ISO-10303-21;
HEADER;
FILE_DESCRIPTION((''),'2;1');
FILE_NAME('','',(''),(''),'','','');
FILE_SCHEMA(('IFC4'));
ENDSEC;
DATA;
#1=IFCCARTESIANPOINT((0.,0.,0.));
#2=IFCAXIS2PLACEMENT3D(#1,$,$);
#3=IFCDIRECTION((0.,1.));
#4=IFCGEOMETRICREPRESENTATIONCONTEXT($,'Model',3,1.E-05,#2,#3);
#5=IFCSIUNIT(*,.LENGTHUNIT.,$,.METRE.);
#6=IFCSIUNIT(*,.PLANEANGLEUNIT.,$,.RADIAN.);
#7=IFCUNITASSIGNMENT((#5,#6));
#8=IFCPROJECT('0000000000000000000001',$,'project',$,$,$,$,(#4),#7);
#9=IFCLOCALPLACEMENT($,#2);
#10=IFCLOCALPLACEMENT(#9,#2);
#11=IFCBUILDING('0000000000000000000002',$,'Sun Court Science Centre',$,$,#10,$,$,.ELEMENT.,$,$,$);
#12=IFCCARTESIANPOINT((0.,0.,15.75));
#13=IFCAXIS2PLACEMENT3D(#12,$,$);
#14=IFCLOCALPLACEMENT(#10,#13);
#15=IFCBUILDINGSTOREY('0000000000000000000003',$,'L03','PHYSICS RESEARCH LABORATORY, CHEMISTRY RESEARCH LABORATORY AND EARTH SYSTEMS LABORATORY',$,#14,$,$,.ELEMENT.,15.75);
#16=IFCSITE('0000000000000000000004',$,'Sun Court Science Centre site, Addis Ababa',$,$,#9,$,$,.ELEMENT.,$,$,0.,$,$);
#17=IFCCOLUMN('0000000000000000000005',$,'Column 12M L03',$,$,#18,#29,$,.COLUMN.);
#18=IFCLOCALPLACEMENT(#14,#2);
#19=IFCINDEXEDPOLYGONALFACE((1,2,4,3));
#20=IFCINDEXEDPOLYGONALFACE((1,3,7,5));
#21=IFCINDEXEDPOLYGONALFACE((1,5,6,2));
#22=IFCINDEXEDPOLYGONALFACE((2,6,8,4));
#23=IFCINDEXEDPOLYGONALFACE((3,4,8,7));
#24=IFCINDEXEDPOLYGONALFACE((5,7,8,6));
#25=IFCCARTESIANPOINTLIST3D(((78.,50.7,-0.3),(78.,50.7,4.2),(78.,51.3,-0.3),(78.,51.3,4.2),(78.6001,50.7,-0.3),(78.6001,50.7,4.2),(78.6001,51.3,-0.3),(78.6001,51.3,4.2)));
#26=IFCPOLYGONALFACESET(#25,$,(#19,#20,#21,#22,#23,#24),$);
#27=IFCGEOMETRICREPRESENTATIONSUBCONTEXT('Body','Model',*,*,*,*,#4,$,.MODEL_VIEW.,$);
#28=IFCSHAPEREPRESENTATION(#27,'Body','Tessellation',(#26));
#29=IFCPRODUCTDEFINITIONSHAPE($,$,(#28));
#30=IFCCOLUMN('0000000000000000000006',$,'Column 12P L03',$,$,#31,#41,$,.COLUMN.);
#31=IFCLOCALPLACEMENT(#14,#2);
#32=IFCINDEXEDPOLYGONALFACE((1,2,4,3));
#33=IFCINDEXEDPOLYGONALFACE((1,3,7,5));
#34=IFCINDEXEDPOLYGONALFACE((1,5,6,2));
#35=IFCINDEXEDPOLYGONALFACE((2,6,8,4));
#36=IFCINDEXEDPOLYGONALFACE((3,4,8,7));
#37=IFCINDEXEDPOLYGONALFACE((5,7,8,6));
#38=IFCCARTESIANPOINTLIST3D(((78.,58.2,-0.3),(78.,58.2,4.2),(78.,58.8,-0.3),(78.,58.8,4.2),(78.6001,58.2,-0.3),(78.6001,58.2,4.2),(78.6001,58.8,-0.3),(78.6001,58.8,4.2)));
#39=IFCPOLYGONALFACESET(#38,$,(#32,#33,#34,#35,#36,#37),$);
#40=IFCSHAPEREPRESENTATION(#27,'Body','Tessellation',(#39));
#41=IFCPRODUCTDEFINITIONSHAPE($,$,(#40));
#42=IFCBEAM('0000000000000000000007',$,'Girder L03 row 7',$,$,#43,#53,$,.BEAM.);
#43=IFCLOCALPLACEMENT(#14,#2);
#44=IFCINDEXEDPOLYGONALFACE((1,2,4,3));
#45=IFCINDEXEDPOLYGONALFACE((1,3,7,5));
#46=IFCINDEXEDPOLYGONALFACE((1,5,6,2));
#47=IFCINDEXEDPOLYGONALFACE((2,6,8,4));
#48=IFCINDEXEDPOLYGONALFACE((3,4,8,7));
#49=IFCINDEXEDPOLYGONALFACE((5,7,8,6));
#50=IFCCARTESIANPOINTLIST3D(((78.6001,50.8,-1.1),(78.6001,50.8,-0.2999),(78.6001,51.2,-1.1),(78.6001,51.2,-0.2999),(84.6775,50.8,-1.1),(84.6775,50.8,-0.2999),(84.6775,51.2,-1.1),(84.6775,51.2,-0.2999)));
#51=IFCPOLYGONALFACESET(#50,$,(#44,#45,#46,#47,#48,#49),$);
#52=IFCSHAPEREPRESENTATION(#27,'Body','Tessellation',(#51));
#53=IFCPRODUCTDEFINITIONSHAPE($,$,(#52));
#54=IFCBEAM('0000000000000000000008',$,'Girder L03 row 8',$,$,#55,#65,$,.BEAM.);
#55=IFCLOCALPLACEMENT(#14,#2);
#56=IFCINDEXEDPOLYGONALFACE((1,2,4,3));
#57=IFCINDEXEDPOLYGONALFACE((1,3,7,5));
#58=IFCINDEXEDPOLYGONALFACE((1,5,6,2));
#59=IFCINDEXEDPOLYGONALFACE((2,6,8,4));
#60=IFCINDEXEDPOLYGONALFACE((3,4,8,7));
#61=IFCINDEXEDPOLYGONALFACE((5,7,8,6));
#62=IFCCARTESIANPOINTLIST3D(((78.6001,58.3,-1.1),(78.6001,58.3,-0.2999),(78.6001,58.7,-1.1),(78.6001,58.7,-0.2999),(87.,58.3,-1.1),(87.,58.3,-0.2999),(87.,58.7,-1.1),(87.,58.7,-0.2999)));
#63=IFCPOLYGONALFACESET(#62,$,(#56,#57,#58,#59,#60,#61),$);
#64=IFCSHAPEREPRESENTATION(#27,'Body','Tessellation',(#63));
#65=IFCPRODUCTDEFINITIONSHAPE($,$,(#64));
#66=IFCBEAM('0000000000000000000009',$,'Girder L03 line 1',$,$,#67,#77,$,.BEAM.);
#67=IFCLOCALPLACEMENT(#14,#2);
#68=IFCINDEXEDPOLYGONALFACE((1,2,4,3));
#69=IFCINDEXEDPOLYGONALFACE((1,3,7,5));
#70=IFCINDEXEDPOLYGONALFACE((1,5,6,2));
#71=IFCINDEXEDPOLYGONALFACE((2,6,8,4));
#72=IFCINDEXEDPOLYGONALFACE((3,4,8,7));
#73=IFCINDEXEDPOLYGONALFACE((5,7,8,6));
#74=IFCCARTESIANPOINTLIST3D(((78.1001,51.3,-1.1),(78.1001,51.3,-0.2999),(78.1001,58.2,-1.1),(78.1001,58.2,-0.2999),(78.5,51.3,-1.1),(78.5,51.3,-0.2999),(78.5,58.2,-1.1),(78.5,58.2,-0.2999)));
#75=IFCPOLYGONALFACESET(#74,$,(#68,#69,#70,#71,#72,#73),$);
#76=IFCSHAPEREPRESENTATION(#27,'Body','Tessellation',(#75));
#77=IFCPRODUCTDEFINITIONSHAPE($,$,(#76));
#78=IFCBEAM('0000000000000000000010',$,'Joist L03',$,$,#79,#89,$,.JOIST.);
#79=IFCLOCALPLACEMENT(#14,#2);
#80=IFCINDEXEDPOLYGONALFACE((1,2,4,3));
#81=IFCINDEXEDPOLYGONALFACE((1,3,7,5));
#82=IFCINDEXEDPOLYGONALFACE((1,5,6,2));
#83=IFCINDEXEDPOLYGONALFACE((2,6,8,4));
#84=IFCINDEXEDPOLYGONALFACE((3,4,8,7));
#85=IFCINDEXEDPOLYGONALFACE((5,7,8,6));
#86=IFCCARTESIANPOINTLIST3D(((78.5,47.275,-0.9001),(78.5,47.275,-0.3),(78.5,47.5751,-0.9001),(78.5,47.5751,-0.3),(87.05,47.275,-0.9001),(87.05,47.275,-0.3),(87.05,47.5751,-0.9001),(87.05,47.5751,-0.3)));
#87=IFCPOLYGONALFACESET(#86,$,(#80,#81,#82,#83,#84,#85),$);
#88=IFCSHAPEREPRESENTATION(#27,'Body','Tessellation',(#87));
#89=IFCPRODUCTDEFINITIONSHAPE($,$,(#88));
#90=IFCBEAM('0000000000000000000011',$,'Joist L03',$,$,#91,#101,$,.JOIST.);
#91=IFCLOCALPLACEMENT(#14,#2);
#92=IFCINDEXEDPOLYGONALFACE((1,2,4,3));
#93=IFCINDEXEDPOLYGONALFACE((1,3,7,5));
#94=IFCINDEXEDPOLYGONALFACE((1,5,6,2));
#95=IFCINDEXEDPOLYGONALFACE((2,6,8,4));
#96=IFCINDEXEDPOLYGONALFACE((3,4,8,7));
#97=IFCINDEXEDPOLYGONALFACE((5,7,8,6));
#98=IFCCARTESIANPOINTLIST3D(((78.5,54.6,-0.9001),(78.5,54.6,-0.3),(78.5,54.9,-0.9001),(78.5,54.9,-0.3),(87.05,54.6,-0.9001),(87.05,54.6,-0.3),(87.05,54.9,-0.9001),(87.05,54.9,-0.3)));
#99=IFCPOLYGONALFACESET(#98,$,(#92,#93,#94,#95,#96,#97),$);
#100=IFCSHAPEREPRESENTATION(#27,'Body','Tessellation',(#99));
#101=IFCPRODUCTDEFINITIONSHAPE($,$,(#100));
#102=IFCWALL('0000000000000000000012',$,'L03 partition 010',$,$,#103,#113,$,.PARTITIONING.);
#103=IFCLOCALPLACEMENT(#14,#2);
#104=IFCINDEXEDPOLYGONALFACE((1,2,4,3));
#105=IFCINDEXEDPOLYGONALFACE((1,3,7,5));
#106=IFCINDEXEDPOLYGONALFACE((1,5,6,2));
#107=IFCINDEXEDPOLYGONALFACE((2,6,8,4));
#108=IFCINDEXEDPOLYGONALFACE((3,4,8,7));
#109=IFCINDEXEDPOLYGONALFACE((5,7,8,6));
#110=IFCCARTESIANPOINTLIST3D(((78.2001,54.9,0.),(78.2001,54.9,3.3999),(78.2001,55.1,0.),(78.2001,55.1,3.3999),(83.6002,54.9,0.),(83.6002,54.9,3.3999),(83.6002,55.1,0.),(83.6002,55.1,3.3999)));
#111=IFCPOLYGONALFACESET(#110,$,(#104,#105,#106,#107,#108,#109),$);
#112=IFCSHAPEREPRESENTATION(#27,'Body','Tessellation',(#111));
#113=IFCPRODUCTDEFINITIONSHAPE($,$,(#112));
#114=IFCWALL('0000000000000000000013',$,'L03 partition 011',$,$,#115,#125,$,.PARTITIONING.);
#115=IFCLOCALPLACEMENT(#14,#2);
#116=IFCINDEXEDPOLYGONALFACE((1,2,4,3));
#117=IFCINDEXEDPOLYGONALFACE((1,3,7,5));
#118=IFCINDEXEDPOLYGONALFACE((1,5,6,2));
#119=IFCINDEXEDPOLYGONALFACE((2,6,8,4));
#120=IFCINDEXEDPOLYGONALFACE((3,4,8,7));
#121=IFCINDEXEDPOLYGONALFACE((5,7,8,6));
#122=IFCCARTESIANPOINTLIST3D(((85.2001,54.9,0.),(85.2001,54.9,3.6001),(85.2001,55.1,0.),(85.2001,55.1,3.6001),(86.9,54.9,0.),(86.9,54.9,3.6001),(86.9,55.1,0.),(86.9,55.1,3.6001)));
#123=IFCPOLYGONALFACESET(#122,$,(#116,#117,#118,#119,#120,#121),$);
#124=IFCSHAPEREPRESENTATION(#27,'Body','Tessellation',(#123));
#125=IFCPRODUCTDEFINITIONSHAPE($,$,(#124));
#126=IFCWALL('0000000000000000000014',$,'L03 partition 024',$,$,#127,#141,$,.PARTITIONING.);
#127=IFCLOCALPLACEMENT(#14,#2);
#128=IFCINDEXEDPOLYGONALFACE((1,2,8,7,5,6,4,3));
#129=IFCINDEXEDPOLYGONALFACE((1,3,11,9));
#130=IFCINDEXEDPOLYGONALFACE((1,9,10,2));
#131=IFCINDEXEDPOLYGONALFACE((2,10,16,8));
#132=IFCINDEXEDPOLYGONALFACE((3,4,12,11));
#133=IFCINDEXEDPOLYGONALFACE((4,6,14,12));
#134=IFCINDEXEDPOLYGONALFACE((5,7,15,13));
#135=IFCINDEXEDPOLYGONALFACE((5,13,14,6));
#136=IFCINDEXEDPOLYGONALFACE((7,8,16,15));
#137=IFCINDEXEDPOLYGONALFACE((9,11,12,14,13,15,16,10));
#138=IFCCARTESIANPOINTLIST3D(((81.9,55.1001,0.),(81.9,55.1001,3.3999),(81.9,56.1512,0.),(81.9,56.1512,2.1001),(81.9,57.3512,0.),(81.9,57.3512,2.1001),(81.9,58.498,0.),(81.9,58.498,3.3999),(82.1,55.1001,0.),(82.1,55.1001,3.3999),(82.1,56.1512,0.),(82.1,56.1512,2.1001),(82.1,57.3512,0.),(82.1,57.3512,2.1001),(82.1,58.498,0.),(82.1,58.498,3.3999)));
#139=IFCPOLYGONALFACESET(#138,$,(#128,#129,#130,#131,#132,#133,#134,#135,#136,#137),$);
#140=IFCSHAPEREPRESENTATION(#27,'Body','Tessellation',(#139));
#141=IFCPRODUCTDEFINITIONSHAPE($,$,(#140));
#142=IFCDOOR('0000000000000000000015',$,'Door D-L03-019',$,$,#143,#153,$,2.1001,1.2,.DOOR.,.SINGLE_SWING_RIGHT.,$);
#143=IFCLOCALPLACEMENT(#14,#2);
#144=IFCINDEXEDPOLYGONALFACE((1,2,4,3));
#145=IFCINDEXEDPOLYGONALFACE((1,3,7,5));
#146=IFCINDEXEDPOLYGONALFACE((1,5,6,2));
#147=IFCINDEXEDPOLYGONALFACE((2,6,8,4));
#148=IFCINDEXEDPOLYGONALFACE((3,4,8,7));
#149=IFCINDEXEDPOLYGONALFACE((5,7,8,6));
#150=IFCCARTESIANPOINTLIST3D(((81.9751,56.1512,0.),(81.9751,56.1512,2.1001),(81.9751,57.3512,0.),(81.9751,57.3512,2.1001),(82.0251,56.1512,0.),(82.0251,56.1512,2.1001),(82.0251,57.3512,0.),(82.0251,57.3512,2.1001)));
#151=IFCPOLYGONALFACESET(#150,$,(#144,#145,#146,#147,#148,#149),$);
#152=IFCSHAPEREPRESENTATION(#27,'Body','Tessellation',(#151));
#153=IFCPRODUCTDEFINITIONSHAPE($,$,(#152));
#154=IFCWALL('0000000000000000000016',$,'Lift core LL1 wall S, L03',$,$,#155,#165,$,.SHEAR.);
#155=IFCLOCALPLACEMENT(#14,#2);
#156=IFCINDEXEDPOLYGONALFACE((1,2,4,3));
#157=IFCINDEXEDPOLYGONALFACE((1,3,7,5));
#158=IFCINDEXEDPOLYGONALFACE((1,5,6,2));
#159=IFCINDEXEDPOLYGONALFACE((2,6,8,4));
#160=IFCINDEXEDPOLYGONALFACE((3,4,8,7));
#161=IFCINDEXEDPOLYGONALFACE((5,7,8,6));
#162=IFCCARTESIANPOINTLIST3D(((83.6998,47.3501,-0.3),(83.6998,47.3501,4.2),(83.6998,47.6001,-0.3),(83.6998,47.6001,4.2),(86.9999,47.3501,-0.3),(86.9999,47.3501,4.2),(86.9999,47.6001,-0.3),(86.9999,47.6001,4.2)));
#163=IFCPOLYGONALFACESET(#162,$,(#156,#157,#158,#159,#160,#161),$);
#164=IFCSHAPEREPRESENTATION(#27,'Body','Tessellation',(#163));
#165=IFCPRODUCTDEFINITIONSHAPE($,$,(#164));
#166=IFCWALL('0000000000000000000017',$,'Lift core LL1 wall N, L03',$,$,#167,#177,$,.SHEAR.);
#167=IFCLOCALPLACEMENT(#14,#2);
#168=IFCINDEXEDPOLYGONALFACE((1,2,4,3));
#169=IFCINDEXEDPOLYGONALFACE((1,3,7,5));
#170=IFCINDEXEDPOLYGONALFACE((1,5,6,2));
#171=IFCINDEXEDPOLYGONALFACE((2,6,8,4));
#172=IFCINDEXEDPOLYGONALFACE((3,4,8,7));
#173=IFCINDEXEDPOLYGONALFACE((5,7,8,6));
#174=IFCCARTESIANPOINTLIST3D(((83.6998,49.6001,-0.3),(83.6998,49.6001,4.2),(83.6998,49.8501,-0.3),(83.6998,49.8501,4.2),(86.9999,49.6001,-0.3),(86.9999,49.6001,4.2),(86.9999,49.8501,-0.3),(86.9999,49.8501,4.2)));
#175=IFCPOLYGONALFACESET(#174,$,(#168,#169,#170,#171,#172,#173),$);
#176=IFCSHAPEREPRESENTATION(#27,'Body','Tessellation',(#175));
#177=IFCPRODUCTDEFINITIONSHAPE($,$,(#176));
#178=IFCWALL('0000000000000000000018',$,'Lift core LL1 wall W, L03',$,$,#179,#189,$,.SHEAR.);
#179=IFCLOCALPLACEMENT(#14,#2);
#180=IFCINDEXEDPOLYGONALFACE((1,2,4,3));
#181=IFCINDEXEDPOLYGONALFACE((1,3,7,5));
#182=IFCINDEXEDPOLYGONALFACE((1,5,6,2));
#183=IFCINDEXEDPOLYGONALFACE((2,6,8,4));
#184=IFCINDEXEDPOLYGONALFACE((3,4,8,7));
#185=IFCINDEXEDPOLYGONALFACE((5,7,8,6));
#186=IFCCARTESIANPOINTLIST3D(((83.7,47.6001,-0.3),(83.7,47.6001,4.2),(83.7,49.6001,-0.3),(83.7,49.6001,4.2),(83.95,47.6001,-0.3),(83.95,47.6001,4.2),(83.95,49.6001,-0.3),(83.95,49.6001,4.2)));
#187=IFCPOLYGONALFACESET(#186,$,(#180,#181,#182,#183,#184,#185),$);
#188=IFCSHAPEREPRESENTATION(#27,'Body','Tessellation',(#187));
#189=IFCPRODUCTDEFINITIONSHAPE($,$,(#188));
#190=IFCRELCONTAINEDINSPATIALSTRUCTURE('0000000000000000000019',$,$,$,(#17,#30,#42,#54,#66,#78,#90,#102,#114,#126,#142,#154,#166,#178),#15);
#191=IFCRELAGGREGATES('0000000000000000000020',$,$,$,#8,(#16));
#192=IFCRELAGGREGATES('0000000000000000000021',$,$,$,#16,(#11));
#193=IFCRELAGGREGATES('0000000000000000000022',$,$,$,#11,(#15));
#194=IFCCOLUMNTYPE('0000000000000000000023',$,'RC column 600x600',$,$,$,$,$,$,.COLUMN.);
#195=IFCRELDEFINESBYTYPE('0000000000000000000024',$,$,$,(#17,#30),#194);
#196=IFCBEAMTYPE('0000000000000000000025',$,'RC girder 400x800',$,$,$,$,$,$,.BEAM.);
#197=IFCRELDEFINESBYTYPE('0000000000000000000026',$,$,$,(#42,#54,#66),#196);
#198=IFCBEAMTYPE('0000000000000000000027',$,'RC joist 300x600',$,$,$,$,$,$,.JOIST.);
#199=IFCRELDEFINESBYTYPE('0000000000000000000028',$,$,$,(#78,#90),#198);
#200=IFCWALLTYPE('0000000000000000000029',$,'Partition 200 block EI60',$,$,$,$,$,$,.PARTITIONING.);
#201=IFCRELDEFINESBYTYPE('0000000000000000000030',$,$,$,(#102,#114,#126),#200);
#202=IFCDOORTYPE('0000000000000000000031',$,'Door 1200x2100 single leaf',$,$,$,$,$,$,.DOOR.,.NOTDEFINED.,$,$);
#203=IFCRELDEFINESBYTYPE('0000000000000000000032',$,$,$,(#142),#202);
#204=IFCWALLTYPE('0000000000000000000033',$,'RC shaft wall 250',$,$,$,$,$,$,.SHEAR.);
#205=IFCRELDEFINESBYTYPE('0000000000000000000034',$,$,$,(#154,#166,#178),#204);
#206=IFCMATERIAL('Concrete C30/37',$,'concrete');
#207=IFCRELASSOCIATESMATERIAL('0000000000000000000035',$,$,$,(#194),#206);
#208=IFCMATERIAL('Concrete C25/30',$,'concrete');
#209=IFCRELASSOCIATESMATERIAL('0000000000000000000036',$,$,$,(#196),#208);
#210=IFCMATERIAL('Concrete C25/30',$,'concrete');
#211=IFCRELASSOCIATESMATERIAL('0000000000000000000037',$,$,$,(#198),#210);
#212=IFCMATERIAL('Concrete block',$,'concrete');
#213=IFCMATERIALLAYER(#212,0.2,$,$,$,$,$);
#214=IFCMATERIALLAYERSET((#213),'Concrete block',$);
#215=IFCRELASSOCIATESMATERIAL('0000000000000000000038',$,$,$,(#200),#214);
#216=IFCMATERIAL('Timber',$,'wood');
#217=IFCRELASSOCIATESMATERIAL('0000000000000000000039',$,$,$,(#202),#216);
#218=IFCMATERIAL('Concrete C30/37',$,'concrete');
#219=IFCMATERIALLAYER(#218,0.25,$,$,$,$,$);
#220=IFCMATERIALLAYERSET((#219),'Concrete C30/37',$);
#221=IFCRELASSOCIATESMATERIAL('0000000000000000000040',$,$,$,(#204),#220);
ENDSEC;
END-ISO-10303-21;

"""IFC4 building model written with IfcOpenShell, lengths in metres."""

from ifc_helpers import new_model, si_unit, direction, frame, frame_2d, origin, origin_2d, place, context, subcontext, project, spatial, rectangle, extrude, material, layer, layer_set, material_profile, profile_set, type_object, element, fill, save


model = new_model("IFC4")

# Units and contexts
model_context = context("Model", 3, precision=1e-05, world=origin(), true_north=direction((0.0, 1.0)))
body_context = subcontext(model_context, "Body", "Model", "MODEL_VIEW")
ifc_project = project(units=[si_unit("LENGTHUNIT", "METRE"), si_unit("PLANEANGLEUNIT", "RADIAN")], contexts=[model_context])

# Site, building, storey
site_placement = place(None, origin())
site = spatial("IfcSite", under=ifc_project, at=site_placement, Name="Sun Court Science Centre site, Addis Ababa", CompositionType="ELEMENT", RefElevation=0.0)
building_placement = place(site_placement, origin())
building = spatial("IfcBuilding", under=site, at=building_placement, Name="Sun Court Science Centre", CompositionType="ELEMENT")
storey_placement = place(building_placement, frame((0.0, 0.0, 15.75)))
storey = spatial("IfcBuildingStorey", under=building, at=storey_placement, Name="L03", Description="PHYSICS RESEARCH LABORATORY, CHEMISTRY RESEARCH LABORATORY AND EARTH SYSTEMS LABORATORY", CompositionType="ELEMENT", Elevation=15.75)

# Columns
ifc_material_1 = material(Name="Concrete C30/37", Category="concrete")
ifc_material_profile_1 = material_profile(ifc_material_1, rectangle(XDim=0.6001, YDim=0.6001, at=origin_2d()), Name="RC 600x600")
ifc_profile_set_1 = profile_set([ifc_material_profile_1], Name="Concrete C30/37")
column_type = type_object("IfcColumnType", Name="RC column 600x600", PredefinedType="COLUMN", material=ifc_profile_set_1)
for number, where, z_axis, x_axis, name in (
    (1, (78.3, 51.0, -0.3), (0.0, 0.0, 1.0), (1.0, 0.0, 0.0), "Column 12M L03"),
    (2, (78.3, 58.5, -0.3), (0.0, 0.0, 1.0), (1.0, 0.0, 0.0), "Column 12P L03"),
):
    element("IfcColumn", number, at=place(storey_placement, frame(where, z_axis=z_axis, x_axis=x_axis)), inside=storey, type_object=column_type, Name=name, PredefinedType="COLUMN", context=body_context, shape_type="SweptSolid", body=[
        extrude(rectangle(XDim=0.6001, YDim=0.6001, at=origin_2d()), origin(), (0.0, 0.0, 1.0), 4.5),
    ])

# Beams
ifc_material_2 = material(Name="Concrete C25/30", Category="concrete")
ifc_material_profile_2 = material_profile(ifc_material_2, rectangle(XDim=0.3999, YDim=0.8, at=origin_2d()), Name="RC 400x800")
ifc_profile_set_2 = profile_set([ifc_material_profile_2], Name="Concrete C25/30")
beam_type_1 = type_object("IfcBeamType", Name="RC girder 400x800", PredefinedType="BEAM", material=ifc_profile_set_2)
beam_1_placement = place(storey_placement, frame((78.6001, 51.0, -0.7), z_axis=(1.0, 0.0, 0.0), x_axis=(0.0, 1.0, 0.0)))
element("IfcBeam", 3, at=beam_1_placement, inside=storey, type_object=beam_type_1, Name="Girder L03 row 7", PredefinedType="BEAM", context=body_context, shape_type="SweptSolid", body=[
    extrude(rectangle(XDim=0.3999, YDim=0.8, at=origin_2d()), origin(), (0.0, 0.0, 1.0), 6.0774),
])
beam_2_placement = place(storey_placement, frame((78.6001, 58.5, -0.7), z_axis=(1.0, 0.0, 0.0), x_axis=(0.0, 1.0, 0.0)))
element("IfcBeam", 4, at=beam_2_placement, inside=storey, type_object=beam_type_1, Name="Girder L03 row 8", PredefinedType="BEAM", context=body_context, shape_type="SweptSolid", body=[
    extrude(rectangle(XDim=0.3999, YDim=0.8, at=origin_2d()), origin(), (0.0, 0.0, 1.0), 8.3999),
])
beam_3_placement = place(storey_placement, frame((78.3, 51.3, -0.7), z_axis=(0.0, 1.0, 0.0), x_axis=(-1.0, 0.0, 0.0)))
element("IfcBeam", 5, at=beam_3_placement, inside=storey, type_object=beam_type_1, Name="Girder L03 line 1", PredefinedType="BEAM", context=body_context, shape_type="SweptSolid", body=[
    extrude(rectangle(XDim=0.3999, YDim=0.8, at=origin_2d()), origin(), (0.0, 0.0, 1.0), 6.8999),
])
ifc_material_3 = material(Name="Concrete C25/30", Category="concrete")
ifc_material_profile_3 = material_profile(ifc_material_3, rectangle(XDim=0.3, YDim=0.6001, at=origin_2d()), Name="RC 300x600")
ifc_profile_set_3 = profile_set([ifc_material_profile_3], Name="Concrete C25/30")
beam_type_2 = type_object("IfcBeamType", Name="RC joist 300x600", PredefinedType="JOIST", material=ifc_profile_set_3)
for number, where, z_axis, x_axis, name in (
    (6, (78.5, 47.425, -0.6001), (1.0, 0.0, 0.0), (0.0, 1.0, 0.0), "Joist L03"),
    (7, (78.5, 54.75, -0.6001), (1.0, 0.0, 0.0), (0.0, 1.0, 0.0), "Joist L03"),
):
    element("IfcBeam", number, at=place(storey_placement, frame(where, z_axis=z_axis, x_axis=x_axis)), inside=storey, type_object=beam_type_2, Name=name, PredefinedType="JOIST", context=body_context, shape_type="SweptSolid", body=[
        extrude(rectangle(XDim=0.3, YDim=0.6001, at=origin_2d()), origin(), (0.0, 0.0, 1.0), 8.55),
    ])

# Walls
ifc_material_4 = material(Name="Concrete block", Category="concrete")
ifc_layer_1 = layer(ifc_material_4, 0.2)
ifc_layer_set_1 = layer_set([ifc_layer_1], Name="Concrete block")
wall_type_1 = type_object("IfcWallType", Name="Partition 200 block EI60", PredefinedType="PARTITIONING", material=ifc_layer_set_1)
wall_1_placement = place(storey_placement, frame((78.2, 55.0, 0.0), z_axis=(0.0, 0.0, 1.0), x_axis=(1.0, 0.0, 0.0)))
element("IfcWall", 8, at=wall_1_placement, inside=storey, type_object=wall_type_1, Name="L03 partition 010", PredefinedType="PARTITIONING", context=body_context, shape_type="SweptSolid", body=[
    extrude(rectangle(XDim=5.4001, YDim=0.2, at=frame_2d((2.7002, 0.0))), origin(), (0.0, 0.0, 1.0), 3.3999),
])
wall_2_placement = place(storey_placement, frame((85.2, 55.0, 0.0), z_axis=(0.0, 0.0, 1.0), x_axis=(1.0, 0.0, 0.0)))
element("IfcWall", 9, at=wall_2_placement, inside=storey, type_object=wall_type_1, Name="L03 partition 011", PredefinedType="PARTITIONING", context=body_context, shape_type="SweptSolid", body=[
    extrude(rectangle(XDim=1.7, YDim=0.2, at=frame_2d((0.8501, 0.0))), origin(), (0.0, 0.0, 1.0), 3.6001),
])

# Wall, opening, door
wall_3_placement = place(storey_placement, frame((82.0, 55.1001, 0.0), z_axis=(0.0, 0.0, 1.0), x_axis=(0.0, 1.0, 0.0)))
wall_3 = element("IfcWall", 10, at=wall_3_placement, inside=storey, type_object=wall_type_1, Name="L03 partition 024", PredefinedType="PARTITIONING", context=body_context, shape_type="SweptSolid", body=[
    extrude(rectangle(XDim=3.3979, YDim=0.2, at=frame_2d((1.699, 0.0))), origin(), (0.0, 0.0, 1.0), 3.3999),
])
opening_1_placement = place(wall_3_placement, frame((1.051, 0.0, 0.0)))
opening_1 = element("IfcOpeningElement", 11, at=opening_1_placement, cuts=wall_3, PredefinedType="OPENING", context=body_context, shape_type="SweptSolid", body=[
    extrude(rectangle(XDim=1.2, YDim=2.1001, at=frame_2d((0.6001, 1.05))), frame((0.0, 0.1099, 0.0), z_axis=(0.0, -1.0, 0.0), x_axis=(1.0, 0.0, 0.0)), (0.0, 0.0, 1.0), 0.22),
])
ifc_material_5 = material(Name="Timber", Category="wood")
door_type_1 = type_object("IfcDoorType", Name="Door 1200x2100 single leaf", OperationType="NOTDEFINED", PredefinedType="DOOR", material=ifc_material_5)
door_1_placement = place(opening_1_placement, origin())
door_1 = element("IfcDoor", 12, at=door_1_placement, inside=storey, type_object=door_type_1, Name="Door D-L03-019", OperationType="SINGLE_SWING_RIGHT", OverallHeight=2.1001, OverallWidth=1.2, PredefinedType="DOOR", context=body_context, shape_type="SweptSolid", body=[
    extrude(rectangle(XDim=1.2, YDim=2.1001, at=frame_2d((0.6001, 1.05))), frame((0.0, 0.0249, 0.0), z_axis=(0.0, -1.0, 0.0), x_axis=(1.0, 0.0, 0.0)), (0.0, 0.0, 1.0), 0.05),
])
fill(opening_1, door_1)

# Walls
ifc_material_6 = material(Name="Concrete C30/37", Category="concrete")
ifc_layer_2 = layer(ifc_material_6, 0.25)
ifc_layer_set_2 = layer_set([ifc_layer_2], Name="Concrete C30/37")
wall_type_2 = type_object("IfcWallType", Name="RC shaft wall 250", PredefinedType="SHEAR", material=ifc_layer_set_2)
for number, where, z_axis, x_axis, name in (
    (13, (83.7, 47.4751, -0.3), (0.0, 0.0, 1.0), (1.0, 0.0, 0.0), "Lift core LL1 wall S, L03"),
    (14, (83.7, 49.7251, -0.3), (0.0, 0.0, 1.0), (1.0, 0.0, 0.0), "Lift core LL1 wall N, L03"),
):
    element("IfcWall", number, at=place(storey_placement, frame(where, z_axis=z_axis, x_axis=x_axis)), inside=storey, type_object=wall_type_2, Name=name, PredefinedType="SHEAR", context=body_context, shape_type="SweptSolid", body=[
        extrude(rectangle(XDim=3.3, YDim=0.25, at=frame_2d((1.6499, 0.0))), origin(), (0.0, 0.0, 1.0), 4.5),
    ])
wall_4_placement = place(storey_placement, frame((83.825, 47.6001, -0.3), z_axis=(0.0, 0.0, 1.0), x_axis=(0.0, 1.0, 0.0)))
element("IfcWall", 15, at=wall_4_placement, inside=storey, type_object=wall_type_2, Name="Lift core LL1 wall W, L03", PredefinedType="SHEAR", context=body_context, shape_type="SweptSolid", body=[
    extrude(rectangle(XDim=2.0, YDim=0.25, at=frame_2d((1.0, 0.0))), origin(), (0.0, 0.0, 1.0), 4.5),
])

save(model, "model.ifc")
